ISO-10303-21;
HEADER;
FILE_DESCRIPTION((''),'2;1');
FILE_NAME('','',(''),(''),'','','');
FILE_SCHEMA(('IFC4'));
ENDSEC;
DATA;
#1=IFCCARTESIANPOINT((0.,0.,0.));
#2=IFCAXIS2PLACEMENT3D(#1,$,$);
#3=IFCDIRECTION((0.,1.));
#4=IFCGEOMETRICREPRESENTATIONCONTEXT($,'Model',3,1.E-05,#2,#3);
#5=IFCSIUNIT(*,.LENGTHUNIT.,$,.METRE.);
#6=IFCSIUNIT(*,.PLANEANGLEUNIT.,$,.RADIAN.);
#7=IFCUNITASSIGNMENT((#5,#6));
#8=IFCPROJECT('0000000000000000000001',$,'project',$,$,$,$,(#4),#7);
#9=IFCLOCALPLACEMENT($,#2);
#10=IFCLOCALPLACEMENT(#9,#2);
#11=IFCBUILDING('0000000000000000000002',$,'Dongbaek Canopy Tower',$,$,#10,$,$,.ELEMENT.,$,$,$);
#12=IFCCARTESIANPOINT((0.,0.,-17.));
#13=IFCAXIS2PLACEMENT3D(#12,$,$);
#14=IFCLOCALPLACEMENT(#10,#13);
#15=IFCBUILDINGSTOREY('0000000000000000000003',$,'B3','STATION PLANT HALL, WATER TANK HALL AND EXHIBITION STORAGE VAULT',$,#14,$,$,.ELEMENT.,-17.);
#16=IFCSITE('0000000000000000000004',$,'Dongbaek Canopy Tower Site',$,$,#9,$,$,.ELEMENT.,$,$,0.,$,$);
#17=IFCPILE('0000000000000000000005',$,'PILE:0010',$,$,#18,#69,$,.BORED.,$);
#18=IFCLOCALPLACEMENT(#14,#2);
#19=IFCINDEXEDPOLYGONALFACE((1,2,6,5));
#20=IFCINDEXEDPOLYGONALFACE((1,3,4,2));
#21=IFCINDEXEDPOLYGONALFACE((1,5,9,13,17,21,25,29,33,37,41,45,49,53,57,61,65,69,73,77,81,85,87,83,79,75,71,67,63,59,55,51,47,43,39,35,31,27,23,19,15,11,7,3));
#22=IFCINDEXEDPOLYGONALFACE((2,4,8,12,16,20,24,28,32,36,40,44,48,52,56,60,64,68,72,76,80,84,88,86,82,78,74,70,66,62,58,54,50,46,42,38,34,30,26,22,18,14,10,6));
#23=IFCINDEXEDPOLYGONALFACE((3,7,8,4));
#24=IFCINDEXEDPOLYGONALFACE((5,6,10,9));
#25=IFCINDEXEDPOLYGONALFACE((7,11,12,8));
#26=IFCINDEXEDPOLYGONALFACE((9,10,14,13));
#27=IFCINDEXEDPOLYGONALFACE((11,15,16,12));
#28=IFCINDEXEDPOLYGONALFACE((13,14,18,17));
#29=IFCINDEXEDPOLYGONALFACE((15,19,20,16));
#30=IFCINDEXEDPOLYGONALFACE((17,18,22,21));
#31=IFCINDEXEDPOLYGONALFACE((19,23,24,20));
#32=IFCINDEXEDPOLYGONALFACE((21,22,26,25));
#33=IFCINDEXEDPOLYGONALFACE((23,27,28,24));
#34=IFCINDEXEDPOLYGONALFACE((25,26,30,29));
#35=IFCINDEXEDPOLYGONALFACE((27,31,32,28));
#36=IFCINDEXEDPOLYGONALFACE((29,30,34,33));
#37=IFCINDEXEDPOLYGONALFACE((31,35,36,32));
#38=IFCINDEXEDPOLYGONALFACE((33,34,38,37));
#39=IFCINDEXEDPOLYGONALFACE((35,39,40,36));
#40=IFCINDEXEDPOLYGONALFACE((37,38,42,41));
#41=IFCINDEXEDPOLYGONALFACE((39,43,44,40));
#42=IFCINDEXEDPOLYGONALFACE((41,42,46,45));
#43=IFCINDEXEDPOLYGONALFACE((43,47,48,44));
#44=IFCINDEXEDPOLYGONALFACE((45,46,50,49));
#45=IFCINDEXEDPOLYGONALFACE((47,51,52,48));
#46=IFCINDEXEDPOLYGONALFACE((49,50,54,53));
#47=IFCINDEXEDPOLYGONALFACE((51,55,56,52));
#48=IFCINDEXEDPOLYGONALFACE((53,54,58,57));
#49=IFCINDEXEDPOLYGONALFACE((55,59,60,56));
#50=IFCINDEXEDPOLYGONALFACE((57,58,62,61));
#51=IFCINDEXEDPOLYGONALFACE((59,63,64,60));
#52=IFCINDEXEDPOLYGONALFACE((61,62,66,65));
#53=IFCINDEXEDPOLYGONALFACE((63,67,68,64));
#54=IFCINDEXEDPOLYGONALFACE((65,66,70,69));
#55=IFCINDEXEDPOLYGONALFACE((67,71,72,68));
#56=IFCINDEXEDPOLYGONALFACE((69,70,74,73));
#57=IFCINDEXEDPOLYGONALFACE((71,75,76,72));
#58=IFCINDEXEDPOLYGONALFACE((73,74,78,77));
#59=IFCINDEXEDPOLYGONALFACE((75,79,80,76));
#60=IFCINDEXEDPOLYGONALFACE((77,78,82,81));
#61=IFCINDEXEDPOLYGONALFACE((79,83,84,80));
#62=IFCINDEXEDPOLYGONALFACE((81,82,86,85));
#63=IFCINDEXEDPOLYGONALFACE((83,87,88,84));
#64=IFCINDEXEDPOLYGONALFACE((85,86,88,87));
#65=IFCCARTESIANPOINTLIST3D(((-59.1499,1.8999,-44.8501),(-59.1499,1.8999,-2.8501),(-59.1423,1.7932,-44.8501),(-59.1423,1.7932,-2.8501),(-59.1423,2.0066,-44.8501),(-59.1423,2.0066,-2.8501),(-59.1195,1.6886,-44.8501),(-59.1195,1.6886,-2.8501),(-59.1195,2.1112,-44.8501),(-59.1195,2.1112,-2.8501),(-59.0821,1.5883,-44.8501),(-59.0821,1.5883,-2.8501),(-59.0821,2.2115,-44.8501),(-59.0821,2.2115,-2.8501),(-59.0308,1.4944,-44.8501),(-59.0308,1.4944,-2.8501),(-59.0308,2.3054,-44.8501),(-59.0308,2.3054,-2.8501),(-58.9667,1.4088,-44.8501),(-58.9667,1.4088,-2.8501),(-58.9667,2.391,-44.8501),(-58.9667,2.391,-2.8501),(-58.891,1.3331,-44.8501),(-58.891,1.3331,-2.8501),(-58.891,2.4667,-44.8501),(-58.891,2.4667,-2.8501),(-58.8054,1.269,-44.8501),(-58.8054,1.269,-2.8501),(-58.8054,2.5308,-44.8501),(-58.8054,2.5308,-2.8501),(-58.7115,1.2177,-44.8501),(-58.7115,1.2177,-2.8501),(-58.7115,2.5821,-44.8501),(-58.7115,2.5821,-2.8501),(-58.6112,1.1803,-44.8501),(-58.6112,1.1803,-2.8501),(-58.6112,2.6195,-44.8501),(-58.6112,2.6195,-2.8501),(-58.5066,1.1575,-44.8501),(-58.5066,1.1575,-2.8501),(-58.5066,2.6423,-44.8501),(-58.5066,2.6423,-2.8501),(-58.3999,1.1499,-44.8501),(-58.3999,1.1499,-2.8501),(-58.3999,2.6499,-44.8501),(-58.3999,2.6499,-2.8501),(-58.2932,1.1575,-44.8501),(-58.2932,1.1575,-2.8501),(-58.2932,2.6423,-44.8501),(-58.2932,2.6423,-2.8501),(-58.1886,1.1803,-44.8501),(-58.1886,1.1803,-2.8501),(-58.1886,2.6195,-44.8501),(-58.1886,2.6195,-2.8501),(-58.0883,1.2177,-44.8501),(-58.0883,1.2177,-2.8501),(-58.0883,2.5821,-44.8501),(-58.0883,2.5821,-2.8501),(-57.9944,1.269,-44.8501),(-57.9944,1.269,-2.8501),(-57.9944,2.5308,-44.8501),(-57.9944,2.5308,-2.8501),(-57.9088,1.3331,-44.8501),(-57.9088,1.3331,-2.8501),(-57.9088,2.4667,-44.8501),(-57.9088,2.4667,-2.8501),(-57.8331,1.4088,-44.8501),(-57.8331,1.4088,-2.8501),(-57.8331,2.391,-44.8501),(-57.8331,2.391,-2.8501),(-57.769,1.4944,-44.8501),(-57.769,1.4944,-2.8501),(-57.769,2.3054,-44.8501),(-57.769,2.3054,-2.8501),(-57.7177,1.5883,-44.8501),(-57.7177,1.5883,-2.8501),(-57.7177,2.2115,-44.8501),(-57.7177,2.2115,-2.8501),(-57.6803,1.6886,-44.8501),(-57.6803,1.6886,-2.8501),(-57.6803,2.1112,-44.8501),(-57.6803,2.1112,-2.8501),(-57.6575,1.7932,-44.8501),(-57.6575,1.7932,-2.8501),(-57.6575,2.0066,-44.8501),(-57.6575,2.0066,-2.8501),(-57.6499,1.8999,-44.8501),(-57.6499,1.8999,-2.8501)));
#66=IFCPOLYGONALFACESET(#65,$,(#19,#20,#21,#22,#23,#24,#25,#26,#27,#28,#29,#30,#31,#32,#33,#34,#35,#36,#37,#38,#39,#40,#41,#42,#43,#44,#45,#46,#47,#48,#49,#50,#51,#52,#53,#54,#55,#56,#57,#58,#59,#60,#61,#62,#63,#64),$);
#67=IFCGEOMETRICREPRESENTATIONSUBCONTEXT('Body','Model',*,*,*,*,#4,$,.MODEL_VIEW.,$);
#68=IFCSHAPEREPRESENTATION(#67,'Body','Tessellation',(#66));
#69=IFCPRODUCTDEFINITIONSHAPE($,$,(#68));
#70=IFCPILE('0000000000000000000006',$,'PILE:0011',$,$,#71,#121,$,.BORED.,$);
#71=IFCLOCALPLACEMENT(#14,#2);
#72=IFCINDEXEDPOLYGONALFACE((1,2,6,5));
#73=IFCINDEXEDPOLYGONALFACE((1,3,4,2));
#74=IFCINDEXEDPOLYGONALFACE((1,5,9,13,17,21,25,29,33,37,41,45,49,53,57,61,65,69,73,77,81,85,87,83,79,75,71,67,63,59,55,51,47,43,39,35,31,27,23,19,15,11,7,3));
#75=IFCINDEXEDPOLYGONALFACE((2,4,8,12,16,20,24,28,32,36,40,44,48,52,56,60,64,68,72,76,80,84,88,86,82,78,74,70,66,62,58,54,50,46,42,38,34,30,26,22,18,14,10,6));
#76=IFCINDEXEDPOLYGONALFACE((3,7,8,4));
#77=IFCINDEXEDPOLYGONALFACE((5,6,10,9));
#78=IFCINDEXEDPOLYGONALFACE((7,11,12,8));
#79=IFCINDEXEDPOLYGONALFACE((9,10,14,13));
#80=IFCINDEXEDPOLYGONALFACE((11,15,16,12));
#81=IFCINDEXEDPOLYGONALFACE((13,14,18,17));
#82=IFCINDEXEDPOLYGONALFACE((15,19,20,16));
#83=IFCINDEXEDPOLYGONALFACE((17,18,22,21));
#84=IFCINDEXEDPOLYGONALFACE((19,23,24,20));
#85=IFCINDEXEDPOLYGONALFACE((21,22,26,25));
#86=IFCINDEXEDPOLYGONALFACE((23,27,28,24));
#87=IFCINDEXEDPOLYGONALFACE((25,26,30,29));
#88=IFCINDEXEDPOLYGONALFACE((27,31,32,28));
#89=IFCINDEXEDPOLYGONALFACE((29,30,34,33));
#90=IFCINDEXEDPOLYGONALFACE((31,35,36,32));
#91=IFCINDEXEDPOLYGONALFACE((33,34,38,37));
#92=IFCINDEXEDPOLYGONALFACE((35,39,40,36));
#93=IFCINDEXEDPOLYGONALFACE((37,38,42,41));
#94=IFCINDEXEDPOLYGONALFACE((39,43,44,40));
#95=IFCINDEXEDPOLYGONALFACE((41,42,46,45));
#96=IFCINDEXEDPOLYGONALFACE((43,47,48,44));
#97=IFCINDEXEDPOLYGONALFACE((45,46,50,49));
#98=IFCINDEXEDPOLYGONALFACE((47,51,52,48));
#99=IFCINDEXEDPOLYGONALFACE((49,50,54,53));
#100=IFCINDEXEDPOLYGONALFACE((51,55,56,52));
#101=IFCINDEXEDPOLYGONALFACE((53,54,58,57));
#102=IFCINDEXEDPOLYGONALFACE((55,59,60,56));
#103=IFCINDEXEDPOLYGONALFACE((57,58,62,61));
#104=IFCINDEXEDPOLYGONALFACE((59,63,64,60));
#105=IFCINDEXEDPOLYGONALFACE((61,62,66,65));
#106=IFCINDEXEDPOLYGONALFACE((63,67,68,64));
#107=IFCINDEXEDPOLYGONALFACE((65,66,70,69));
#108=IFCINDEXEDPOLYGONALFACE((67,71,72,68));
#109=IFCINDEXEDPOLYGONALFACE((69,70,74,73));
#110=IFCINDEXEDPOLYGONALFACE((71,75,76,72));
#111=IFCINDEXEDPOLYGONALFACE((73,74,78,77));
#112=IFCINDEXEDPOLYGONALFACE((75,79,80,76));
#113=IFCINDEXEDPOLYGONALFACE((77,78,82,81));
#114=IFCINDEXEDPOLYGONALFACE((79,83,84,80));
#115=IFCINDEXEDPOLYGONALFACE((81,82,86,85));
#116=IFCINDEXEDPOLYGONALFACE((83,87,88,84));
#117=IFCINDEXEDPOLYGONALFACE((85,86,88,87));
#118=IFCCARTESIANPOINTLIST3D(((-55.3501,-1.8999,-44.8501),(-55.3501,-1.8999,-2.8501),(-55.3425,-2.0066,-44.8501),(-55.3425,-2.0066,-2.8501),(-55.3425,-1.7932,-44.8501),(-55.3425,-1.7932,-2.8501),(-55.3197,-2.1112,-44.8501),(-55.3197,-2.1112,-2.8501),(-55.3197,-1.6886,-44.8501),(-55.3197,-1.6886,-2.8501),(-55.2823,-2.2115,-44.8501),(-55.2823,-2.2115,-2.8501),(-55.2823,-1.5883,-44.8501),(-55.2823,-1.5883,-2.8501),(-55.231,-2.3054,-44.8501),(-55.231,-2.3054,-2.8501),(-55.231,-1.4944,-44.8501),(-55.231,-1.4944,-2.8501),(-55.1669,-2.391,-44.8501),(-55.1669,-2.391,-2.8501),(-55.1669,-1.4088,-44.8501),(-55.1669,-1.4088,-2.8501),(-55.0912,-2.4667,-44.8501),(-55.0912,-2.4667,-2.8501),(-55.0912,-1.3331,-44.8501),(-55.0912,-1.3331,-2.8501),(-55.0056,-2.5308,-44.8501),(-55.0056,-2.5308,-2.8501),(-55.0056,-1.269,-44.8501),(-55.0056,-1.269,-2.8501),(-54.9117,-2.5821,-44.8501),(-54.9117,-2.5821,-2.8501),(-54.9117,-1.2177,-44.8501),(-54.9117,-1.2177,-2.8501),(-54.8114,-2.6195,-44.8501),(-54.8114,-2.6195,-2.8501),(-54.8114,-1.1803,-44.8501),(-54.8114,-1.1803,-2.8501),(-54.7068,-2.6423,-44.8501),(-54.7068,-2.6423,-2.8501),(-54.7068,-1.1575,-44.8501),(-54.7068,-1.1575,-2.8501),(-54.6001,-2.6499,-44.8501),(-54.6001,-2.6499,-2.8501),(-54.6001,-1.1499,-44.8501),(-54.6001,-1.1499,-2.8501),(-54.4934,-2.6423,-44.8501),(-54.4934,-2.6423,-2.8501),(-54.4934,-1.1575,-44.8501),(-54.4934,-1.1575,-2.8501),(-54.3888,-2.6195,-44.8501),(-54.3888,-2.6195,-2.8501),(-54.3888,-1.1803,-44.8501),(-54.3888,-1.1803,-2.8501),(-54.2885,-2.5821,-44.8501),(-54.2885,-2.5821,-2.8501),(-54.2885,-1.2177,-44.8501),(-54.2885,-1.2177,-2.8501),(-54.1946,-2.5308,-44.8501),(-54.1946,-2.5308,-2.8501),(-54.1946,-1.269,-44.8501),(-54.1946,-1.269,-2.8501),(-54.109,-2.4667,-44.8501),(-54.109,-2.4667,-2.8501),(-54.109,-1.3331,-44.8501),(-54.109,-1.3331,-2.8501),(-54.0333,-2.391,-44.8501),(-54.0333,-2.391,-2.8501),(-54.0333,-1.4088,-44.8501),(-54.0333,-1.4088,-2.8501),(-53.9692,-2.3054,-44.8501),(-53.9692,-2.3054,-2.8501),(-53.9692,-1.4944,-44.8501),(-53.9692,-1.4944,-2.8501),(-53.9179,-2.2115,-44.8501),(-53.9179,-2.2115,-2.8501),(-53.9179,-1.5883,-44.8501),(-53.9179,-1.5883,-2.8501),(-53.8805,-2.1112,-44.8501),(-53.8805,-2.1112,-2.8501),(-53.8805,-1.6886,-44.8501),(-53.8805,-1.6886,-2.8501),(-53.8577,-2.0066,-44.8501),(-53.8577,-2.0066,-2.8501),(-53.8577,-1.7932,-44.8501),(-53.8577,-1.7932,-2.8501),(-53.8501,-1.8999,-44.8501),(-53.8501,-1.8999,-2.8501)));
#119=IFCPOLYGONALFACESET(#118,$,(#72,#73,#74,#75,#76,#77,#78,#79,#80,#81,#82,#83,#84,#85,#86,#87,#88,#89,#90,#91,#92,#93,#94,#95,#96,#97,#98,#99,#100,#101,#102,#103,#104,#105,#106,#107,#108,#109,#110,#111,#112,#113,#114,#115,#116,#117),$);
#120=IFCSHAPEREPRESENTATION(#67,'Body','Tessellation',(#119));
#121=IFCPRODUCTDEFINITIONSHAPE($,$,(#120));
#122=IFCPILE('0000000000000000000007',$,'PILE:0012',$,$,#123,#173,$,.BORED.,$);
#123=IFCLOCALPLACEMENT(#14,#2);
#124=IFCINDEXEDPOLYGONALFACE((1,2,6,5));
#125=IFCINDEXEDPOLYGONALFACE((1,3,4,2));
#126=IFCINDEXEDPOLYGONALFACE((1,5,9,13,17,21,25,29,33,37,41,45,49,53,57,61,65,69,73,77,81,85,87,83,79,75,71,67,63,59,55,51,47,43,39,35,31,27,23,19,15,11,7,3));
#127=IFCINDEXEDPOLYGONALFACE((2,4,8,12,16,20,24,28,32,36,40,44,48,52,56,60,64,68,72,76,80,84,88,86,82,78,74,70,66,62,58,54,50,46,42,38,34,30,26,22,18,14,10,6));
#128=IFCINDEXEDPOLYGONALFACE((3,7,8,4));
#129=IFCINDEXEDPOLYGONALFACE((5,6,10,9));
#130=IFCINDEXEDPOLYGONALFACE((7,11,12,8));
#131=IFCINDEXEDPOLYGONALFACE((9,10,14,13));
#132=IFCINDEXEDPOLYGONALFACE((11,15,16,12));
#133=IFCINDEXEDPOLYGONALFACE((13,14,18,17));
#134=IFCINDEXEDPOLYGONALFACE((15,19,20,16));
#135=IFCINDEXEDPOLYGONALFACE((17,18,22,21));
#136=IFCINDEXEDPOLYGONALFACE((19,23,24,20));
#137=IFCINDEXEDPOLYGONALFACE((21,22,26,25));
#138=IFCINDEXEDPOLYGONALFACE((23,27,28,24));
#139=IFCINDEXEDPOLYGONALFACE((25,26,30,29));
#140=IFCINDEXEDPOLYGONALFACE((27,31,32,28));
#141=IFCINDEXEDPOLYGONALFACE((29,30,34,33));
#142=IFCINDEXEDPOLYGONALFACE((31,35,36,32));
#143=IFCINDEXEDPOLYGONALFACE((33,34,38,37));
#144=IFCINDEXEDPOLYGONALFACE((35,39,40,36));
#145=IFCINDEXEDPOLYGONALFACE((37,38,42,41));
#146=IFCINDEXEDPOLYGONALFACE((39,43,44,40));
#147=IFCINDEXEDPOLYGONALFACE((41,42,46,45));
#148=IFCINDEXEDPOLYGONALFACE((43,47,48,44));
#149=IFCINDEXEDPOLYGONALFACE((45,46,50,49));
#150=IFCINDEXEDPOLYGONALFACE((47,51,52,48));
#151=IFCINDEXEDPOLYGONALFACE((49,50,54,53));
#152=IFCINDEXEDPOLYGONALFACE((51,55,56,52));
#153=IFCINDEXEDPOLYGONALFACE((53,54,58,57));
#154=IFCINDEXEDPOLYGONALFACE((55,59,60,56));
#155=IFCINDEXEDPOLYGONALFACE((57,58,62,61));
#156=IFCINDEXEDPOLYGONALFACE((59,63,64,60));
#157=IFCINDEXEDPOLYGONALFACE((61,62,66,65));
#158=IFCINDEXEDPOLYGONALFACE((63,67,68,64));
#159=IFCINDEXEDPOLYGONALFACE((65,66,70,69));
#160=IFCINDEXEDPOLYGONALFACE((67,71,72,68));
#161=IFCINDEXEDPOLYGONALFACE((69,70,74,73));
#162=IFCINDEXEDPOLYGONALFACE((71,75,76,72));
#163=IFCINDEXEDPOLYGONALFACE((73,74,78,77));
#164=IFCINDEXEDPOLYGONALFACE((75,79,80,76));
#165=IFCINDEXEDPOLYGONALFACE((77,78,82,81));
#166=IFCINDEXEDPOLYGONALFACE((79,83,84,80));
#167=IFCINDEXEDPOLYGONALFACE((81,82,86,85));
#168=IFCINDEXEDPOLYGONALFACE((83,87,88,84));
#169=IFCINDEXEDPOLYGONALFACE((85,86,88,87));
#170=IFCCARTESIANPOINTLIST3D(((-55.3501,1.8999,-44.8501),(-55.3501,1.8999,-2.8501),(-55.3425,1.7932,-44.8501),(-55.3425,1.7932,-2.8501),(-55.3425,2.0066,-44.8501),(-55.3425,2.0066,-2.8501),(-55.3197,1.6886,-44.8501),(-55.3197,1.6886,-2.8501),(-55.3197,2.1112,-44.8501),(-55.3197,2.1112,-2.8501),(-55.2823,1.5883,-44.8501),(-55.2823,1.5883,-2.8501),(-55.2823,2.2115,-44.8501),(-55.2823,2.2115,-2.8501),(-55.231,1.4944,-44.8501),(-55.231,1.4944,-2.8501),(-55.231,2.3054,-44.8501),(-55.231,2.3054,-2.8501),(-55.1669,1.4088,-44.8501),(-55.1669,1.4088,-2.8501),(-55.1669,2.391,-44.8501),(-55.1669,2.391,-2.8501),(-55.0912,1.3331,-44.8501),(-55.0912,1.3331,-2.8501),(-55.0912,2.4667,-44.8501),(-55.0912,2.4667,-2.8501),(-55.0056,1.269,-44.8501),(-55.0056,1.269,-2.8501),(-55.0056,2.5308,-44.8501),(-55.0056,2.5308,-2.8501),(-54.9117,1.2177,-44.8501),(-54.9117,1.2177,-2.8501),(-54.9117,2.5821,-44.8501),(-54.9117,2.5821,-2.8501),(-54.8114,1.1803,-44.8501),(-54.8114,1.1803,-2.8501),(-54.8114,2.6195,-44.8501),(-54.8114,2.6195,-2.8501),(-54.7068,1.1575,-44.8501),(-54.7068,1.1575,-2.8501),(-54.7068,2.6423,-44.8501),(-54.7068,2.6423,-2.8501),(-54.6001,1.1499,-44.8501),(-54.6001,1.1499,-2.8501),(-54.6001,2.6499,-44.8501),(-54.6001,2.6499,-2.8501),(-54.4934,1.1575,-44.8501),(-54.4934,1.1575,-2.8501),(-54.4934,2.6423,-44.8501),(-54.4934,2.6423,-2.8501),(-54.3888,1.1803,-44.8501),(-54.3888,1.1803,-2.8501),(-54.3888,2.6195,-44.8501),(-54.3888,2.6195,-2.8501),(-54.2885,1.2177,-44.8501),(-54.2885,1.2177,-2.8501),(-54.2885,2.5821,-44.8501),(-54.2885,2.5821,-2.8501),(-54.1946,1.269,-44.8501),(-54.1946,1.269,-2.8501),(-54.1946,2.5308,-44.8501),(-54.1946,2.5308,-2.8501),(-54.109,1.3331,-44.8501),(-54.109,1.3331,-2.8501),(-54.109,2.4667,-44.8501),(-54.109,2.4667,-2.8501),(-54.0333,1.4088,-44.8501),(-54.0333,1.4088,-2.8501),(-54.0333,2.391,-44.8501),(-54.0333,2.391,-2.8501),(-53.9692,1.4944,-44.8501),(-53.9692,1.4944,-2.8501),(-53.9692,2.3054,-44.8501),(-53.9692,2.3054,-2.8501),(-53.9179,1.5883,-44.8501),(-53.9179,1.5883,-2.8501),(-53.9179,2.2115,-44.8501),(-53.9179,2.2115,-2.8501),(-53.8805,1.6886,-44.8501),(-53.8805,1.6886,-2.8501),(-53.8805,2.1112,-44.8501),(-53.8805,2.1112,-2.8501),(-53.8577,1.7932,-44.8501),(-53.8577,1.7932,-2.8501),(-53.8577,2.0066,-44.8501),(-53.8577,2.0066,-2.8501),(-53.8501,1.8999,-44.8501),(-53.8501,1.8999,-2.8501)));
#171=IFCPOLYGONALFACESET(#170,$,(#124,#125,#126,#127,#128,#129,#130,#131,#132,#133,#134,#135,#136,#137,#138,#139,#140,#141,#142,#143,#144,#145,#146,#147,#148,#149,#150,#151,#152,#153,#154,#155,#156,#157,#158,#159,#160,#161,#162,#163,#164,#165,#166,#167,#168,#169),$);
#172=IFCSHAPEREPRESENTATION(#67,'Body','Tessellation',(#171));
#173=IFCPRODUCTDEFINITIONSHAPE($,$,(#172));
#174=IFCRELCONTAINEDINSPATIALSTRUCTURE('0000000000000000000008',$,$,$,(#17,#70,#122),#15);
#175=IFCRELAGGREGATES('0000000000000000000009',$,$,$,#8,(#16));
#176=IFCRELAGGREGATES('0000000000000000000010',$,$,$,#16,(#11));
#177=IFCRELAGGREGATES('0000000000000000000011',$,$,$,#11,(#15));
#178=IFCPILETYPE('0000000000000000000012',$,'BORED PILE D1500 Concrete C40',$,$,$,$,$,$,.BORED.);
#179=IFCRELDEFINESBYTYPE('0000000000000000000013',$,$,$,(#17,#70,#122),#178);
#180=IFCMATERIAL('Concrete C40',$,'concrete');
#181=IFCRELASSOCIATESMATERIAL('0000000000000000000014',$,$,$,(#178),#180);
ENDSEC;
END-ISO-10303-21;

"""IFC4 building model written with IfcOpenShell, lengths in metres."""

from ifc_helpers import new_model, si_unit, direction, frame, origin, origin_2d, place, context, subcontext, project, spatial, circle, extrude, material, material_profile, profile_set, type_object, element, save


model = new_model("IFC4")

# Units and contexts
model_context = context("Model", 3, precision=1e-05, world=origin(), true_north=direction((0.0, 1.0)))
body_context = subcontext(model_context, "Body", "Model", "MODEL_VIEW")
ifc_project = project(units=[si_unit("LENGTHUNIT", "METRE"), si_unit("PLANEANGLEUNIT", "RADIAN")], contexts=[model_context])

# Site, building, storey
site_placement = place(None, origin())
site = spatial("IfcSite", under=ifc_project, at=site_placement, Name="Dongbaek Canopy Tower Site", CompositionType="ELEMENT", RefElevation=0.0)
building_placement = place(site_placement, origin())
building = spatial("IfcBuilding", under=site, at=building_placement, Name="Dongbaek Canopy Tower", CompositionType="ELEMENT")
storey_placement = place(building_placement, frame((0.0, 0.0, -17.0)))
storey = spatial("IfcBuildingStorey", under=building, at=storey_placement, Name="B3", Description="STATION PLANT HALL, WATER TANK HALL AND EXHIBITION STORAGE VAULT", CompositionType="ELEMENT", Elevation=-17.0)

# Piles
ifc_material_1 = material(Name="Concrete C40", Category="concrete")
ifc_material_profile_1 = material_profile(ifc_material_1, circle(Radius=0.75, at=origin_2d()), Name="BORED PILE D1500 Concrete C40")
ifc_profile_set_1 = profile_set([ifc_material_profile_1], Name="Concrete C40")
pile_type = type_object("IfcPileType", Name="BORED PILE D1500 Concrete C40", PredefinedType="BORED", material=ifc_profile_set_1)
for number, where, z_axis, x_axis, name in (
    (1, (-58.3999, 1.8999, -2.8501), (0.0, 0.0, -1.0), (1.0, 0.0, 0.0), "PILE:0010"),
    (2, (-54.6001, -1.8999, -2.8501), (0.0, 0.0, -1.0), (1.0, 0.0, 0.0), "PILE:0011"),
    (3, (-54.6001, 1.8999, -2.8501), (0.0, 0.0, -1.0), (1.0, 0.0, 0.0), "PILE:0012"),
):
    element("IfcPile", number, at=place(storey_placement, frame(where, z_axis=z_axis, x_axis=x_axis)), inside=storey, type_object=pile_type, Name=name, PredefinedType="BORED", context=body_context, shape_type="SweptSolid", body=[
        extrude(circle(Radius=0.75, at=origin_2d()), origin(), (0.0, 0.0, 1.0), 42.0),
    ])

save(model, "model.ifc")
